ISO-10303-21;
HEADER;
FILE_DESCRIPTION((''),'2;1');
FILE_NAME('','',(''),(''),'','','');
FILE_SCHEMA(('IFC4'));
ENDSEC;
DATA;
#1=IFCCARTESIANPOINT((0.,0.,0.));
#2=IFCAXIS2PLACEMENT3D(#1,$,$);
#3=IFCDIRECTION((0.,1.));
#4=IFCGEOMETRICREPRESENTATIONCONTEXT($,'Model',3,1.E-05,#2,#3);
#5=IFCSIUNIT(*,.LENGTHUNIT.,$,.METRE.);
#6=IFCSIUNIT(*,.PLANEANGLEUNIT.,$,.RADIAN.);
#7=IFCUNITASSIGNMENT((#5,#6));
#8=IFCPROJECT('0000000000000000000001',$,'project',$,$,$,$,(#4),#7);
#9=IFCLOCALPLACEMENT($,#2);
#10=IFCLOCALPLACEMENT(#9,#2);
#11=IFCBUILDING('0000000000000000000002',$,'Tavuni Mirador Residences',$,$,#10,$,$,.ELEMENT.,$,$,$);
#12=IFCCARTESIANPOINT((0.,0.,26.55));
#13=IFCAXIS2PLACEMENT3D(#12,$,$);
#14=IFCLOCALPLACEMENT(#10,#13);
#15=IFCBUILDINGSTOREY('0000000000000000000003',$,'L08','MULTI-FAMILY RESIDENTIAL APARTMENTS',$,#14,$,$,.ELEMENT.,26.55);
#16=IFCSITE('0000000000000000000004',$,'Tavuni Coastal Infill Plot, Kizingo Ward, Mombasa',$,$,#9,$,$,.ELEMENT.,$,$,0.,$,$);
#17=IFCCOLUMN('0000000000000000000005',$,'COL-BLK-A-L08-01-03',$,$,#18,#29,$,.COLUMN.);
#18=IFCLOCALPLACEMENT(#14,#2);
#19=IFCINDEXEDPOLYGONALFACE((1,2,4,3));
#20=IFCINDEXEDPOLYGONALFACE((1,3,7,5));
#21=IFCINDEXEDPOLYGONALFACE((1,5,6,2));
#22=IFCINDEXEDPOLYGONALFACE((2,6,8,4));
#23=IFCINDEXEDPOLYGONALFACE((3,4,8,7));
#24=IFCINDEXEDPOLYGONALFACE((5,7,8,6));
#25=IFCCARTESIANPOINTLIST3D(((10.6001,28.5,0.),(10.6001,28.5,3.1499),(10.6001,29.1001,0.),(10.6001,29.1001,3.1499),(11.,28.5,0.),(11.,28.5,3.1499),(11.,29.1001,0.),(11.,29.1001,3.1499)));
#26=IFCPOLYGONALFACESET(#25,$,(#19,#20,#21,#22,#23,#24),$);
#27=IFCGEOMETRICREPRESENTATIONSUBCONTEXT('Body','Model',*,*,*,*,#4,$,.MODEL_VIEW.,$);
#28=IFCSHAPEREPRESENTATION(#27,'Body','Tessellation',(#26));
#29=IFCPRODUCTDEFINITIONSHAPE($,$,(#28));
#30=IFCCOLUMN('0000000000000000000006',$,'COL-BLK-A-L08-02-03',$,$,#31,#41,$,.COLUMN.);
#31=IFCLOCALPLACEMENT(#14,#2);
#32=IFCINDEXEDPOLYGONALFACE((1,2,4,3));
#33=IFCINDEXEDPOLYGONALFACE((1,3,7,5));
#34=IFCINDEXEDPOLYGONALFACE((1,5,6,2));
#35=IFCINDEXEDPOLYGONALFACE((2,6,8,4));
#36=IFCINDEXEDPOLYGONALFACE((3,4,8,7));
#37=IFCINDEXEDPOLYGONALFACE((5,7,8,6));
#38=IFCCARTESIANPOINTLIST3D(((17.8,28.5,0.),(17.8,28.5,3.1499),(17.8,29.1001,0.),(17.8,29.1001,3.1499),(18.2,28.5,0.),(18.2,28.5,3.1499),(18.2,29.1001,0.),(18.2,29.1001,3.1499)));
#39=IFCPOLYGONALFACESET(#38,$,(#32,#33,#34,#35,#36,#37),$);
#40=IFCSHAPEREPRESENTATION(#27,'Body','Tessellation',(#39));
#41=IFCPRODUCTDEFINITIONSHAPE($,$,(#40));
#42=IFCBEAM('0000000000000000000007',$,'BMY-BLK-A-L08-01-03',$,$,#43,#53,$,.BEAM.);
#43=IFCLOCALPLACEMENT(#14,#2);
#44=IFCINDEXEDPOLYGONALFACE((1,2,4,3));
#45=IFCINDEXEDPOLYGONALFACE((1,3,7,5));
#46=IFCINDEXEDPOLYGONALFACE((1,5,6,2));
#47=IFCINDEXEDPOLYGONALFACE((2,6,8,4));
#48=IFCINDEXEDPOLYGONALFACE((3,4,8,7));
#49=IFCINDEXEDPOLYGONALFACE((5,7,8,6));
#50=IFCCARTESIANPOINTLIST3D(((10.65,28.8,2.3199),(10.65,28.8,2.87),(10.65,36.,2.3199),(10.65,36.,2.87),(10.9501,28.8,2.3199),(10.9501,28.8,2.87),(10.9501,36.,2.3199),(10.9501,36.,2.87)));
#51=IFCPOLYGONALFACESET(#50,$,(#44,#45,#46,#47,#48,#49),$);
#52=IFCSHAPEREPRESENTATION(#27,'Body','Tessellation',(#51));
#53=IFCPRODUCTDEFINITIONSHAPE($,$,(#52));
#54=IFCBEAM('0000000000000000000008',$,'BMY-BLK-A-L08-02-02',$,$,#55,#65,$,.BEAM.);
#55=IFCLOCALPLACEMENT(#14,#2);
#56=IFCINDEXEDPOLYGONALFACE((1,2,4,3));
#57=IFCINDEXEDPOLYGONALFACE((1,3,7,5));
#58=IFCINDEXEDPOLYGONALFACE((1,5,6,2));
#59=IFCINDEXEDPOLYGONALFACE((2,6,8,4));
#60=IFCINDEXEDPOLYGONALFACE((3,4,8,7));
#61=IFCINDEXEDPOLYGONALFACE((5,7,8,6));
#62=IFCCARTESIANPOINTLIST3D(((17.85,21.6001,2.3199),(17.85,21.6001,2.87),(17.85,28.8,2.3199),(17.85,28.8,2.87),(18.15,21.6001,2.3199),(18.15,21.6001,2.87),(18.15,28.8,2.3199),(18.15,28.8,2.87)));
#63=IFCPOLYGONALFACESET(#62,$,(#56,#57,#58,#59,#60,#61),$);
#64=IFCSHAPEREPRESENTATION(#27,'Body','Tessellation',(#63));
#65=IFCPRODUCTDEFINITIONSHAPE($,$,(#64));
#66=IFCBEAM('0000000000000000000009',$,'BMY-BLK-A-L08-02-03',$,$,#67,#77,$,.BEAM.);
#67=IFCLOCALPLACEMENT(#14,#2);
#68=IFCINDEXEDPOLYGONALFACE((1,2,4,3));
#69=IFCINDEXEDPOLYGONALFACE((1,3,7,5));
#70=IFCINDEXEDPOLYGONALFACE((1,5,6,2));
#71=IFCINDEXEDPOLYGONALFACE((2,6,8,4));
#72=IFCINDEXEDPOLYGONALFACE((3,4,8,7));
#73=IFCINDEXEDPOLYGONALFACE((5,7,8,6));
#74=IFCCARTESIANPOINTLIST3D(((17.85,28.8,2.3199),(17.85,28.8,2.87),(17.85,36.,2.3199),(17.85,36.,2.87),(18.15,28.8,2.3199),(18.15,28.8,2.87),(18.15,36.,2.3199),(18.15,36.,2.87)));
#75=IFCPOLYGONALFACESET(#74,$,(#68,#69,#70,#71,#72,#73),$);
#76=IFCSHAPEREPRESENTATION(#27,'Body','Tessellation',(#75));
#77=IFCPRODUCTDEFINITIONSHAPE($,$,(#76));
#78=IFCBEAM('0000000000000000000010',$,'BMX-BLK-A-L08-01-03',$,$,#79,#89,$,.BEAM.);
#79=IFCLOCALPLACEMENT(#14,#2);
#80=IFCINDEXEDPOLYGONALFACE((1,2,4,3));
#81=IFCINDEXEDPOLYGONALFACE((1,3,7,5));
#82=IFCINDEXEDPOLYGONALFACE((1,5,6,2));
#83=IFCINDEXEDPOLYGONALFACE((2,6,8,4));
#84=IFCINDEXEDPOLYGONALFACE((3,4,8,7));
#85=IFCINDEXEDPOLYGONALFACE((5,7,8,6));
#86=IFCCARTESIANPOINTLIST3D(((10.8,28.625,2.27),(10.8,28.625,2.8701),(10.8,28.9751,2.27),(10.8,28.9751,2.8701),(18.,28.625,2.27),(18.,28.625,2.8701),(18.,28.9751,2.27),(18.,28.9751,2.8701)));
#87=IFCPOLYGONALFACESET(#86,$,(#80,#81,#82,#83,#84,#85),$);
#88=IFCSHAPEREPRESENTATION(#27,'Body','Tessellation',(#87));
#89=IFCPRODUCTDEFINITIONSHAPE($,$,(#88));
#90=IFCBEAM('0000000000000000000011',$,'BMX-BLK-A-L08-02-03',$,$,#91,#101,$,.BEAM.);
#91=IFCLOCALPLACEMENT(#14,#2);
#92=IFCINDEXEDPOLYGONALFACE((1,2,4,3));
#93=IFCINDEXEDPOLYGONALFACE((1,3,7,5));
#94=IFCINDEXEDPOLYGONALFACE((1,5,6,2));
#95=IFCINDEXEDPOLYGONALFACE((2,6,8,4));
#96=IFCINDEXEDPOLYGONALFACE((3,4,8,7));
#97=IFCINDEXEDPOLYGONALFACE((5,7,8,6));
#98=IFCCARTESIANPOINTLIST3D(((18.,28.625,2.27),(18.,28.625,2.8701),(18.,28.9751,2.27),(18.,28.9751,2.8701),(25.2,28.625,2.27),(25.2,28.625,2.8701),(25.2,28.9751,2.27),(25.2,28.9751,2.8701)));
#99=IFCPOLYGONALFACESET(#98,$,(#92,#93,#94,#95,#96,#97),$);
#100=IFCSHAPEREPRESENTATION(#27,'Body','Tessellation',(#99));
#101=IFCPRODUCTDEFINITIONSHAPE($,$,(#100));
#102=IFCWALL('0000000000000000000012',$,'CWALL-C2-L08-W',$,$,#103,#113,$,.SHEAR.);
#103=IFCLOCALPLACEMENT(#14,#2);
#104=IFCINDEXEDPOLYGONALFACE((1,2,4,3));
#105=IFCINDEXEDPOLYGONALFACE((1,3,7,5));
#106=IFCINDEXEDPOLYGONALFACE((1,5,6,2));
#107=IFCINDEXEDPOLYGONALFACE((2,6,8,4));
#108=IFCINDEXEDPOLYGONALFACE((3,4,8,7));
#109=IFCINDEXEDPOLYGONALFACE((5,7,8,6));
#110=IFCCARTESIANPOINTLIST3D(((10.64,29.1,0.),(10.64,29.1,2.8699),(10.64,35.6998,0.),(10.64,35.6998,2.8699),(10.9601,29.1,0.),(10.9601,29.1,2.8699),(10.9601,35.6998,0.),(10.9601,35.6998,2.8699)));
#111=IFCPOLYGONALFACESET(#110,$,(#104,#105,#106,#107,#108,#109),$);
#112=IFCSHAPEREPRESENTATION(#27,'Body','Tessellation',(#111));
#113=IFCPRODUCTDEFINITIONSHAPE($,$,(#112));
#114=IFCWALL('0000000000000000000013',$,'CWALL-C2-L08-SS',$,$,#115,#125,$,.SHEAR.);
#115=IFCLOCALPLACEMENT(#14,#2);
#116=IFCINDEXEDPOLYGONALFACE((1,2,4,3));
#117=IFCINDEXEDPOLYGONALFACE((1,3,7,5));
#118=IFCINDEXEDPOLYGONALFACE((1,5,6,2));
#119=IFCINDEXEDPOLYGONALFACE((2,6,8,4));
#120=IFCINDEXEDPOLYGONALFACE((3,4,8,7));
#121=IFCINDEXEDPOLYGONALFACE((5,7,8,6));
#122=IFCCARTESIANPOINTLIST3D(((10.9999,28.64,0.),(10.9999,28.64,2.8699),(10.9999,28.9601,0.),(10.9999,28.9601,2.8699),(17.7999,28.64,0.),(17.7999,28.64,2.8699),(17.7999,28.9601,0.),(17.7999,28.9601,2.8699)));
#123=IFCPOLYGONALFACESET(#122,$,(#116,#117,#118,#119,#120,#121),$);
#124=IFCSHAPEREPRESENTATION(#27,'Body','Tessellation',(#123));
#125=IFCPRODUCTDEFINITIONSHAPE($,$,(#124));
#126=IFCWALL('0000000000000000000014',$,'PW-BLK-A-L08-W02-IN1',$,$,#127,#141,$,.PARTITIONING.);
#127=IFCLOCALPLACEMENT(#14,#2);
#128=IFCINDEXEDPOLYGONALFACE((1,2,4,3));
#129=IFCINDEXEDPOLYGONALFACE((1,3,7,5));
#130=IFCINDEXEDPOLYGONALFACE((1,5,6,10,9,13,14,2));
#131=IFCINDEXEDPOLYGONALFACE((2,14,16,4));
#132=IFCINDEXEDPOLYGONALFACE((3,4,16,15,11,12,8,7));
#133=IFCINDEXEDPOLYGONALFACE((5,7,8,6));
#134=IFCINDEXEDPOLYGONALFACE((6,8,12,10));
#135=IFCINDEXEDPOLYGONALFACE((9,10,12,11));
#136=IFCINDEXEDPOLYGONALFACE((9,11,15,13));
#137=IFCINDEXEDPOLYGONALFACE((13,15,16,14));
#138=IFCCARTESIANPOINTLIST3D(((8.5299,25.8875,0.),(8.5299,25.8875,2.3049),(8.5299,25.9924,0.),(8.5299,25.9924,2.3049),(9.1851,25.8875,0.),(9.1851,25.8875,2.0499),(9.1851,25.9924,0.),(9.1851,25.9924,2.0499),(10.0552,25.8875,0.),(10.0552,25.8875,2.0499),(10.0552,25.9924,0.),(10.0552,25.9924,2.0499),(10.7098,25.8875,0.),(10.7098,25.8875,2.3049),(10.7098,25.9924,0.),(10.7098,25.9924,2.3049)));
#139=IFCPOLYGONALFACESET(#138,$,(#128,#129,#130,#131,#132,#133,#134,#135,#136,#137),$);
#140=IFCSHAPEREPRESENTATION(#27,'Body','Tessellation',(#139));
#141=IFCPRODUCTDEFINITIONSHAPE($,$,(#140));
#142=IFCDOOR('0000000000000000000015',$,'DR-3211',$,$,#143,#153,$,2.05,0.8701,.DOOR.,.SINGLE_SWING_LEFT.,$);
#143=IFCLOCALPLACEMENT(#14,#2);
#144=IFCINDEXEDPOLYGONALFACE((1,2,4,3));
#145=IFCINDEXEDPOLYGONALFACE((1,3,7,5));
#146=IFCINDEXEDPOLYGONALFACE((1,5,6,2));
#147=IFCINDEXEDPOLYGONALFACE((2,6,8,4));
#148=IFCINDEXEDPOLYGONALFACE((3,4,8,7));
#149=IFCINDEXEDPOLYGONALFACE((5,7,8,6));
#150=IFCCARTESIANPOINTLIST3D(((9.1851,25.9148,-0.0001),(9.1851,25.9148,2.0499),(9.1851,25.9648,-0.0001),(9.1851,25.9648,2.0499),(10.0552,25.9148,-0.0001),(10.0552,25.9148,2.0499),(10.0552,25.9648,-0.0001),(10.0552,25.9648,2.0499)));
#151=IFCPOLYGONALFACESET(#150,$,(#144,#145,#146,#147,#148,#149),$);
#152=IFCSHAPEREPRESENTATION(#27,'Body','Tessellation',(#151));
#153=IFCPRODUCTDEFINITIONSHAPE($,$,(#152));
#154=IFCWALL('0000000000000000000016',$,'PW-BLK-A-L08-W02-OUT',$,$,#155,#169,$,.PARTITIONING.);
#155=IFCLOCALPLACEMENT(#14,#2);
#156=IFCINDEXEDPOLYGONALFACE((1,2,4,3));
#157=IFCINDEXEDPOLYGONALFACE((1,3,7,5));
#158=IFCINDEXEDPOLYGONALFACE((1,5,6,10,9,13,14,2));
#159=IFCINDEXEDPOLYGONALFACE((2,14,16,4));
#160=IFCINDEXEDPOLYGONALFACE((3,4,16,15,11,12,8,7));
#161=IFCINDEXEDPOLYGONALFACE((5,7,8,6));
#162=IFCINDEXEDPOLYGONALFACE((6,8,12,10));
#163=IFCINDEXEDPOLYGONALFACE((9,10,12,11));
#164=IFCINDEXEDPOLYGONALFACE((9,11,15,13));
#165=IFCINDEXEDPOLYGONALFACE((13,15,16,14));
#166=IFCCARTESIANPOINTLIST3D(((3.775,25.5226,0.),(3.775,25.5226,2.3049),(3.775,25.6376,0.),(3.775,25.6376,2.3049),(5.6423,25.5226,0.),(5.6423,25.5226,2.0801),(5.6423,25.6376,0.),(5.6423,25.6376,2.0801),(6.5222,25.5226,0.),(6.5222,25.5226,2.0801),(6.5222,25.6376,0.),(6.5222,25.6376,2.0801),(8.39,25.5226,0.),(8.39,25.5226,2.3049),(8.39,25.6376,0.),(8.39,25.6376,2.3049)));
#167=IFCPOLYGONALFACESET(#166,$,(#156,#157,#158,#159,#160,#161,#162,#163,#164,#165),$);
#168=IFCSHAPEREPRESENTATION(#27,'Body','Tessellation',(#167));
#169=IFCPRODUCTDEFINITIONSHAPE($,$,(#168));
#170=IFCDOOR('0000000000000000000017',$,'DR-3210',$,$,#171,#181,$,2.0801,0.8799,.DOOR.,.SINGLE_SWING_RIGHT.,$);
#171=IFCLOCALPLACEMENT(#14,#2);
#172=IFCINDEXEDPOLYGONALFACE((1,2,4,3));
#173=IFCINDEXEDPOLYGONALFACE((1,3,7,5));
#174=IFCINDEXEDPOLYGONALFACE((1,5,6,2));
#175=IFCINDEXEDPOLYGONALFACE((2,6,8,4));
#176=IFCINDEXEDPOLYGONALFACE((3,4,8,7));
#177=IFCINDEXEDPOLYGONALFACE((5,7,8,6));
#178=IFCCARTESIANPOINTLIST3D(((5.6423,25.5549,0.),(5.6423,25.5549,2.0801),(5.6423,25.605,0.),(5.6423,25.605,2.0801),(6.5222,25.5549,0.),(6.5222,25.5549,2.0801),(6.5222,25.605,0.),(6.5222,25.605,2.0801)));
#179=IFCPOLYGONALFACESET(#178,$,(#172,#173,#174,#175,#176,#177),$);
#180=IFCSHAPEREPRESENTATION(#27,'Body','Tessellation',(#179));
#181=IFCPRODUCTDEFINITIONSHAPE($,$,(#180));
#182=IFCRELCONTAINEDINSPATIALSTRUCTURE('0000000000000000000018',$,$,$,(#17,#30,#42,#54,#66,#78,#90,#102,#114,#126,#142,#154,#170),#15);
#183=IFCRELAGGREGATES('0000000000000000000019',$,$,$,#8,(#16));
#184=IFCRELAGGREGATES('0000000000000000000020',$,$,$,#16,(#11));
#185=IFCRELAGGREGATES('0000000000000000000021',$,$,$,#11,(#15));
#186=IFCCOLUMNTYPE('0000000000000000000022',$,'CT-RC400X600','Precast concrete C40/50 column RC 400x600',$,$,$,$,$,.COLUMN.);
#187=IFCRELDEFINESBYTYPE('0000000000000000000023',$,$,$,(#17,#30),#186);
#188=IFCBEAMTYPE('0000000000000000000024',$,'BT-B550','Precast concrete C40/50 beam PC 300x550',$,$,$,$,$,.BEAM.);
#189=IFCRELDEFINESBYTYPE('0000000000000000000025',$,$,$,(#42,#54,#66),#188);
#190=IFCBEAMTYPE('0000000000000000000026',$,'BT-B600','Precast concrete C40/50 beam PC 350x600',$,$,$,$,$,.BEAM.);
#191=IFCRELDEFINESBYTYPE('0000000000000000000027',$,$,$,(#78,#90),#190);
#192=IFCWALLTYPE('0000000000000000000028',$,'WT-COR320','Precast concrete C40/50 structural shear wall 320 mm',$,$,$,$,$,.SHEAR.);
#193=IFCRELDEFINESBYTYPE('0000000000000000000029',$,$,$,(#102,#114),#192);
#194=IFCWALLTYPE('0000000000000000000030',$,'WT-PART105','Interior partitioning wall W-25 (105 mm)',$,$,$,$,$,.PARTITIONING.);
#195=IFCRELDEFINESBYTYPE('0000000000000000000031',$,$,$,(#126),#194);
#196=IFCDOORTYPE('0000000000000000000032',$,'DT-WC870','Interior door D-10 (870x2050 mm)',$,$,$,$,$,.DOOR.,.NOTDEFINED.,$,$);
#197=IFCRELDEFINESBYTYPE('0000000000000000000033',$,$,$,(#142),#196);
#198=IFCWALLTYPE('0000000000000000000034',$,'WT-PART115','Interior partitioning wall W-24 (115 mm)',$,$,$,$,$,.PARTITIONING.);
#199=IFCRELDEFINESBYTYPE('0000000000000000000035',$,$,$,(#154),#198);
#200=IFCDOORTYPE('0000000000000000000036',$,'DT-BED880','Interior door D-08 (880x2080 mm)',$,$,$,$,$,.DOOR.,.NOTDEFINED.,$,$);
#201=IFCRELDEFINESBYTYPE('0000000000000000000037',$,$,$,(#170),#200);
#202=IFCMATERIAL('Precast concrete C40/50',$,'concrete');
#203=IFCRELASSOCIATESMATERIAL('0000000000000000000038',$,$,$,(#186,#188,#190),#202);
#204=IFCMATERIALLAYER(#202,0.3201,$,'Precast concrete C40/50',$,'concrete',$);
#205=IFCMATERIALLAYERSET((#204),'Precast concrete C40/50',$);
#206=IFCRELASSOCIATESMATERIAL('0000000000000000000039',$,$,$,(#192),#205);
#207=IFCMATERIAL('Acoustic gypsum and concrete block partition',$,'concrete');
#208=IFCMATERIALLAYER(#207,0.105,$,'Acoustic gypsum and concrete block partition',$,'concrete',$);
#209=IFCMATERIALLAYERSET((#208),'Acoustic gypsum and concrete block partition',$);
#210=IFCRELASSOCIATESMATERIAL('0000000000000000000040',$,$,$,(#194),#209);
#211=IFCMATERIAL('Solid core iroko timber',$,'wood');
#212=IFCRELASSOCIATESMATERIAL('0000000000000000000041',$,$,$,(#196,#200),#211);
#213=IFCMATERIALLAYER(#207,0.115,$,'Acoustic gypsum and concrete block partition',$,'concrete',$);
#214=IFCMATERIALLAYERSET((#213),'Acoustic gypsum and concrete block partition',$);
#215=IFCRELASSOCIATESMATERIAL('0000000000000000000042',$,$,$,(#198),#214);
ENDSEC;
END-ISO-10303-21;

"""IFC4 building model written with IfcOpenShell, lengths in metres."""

from ifc_helpers import new_model, si_unit, direction, frame, frame_2d, origin, origin_2d, place, context, subcontext, project, spatial, rectangle, extrude, material, layer, layer_set, material_profile, profile_set, type_object, element, fill, save


model = new_model("IFC4")

# Units and contexts
model_context = context("Model", 3, precision=1e-05, world=origin(), true_north=direction((0.0, 1.0)))
body_context = subcontext(model_context, "Body", "Model", "MODEL_VIEW")
ifc_project = project(units=[si_unit("LENGTHUNIT", "METRE"), si_unit("PLANEANGLEUNIT", "RADIAN")], contexts=[model_context])

# Site, building, storey
site_placement = place(None, origin())
site = spatial("IfcSite", under=ifc_project, at=site_placement, Name="Tavuni Coastal Infill Plot, Kizingo Ward, Mombasa", CompositionType="ELEMENT", RefElevation=0.0)
building_placement = place(site_placement, origin())
building = spatial("IfcBuilding", under=site, at=building_placement, Name="Tavuni Mirador Residences", CompositionType="ELEMENT")
storey_placement = place(building_placement, frame((0.0, 0.0, 26.55)))
storey = spatial("IfcBuildingStorey", under=building, at=storey_placement, Name="L08", Description="MULTI-FAMILY RESIDENTIAL APARTMENTS", CompositionType="ELEMENT", Elevation=26.55)

# Columns
ifc_material_1 = material(Name="Precast concrete C40/50", Category="concrete")
ifc_material_profile_1 = material_profile(ifc_material_1, rectangle(XDim=0.3999, YDim=0.6001, at=origin_2d()), Name="RC 400x600", Category="concrete")
ifc_profile_set_1 = profile_set([ifc_material_profile_1], Name="Precast concrete C40/50")
column_type = type_object("IfcColumnType", Name="CT-RC400X600", Description="Precast concrete C40/50 column RC 400x600", PredefinedType="COLUMN", material=ifc_profile_set_1)
for number, where, z_axis, x_axis, name in (
    (1, (10.8, 28.8, 0.0), (0.0, 0.0, 1.0), (1.0, 0.0, 0.0), "COL-BLK-A-L08-01-03"),
    (2, (18.0, 28.8, 0.0), (0.0, 0.0, 1.0), (1.0, 0.0, 0.0), "COL-BLK-A-L08-02-03"),
):
    element("IfcColumn", number, at=place(storey_placement, frame(where, z_axis=z_axis, x_axis=x_axis)), inside=storey, type_object=column_type, Name=name, PredefinedType="COLUMN", context=body_context, shape_type="SweptSolid", body=[
        extrude(rectangle(XDim=0.3999, YDim=0.6001, at=origin_2d()), origin(), (0.0, 0.0, 1.0), 3.1499),
    ])

# Beams
ifc_material_profile_2 = material_profile(ifc_material_1, rectangle(XDim=0.3, YDim=0.55, at=origin_2d()), Name="PC 300x550", Category="concrete")
ifc_profile_set_2 = profile_set([ifc_material_profile_2], Name="Precast concrete C40/50")
beam_type_1 = type_object("IfcBeamType", Name="BT-B550", Description="Precast concrete C40/50 beam PC 300x550", PredefinedType="BEAM", material=ifc_profile_set_2)
for number, where, z_axis, x_axis, name in (
    (3, (10.8, 28.8, 2.595), (0.0, 1.0, 0.0), (-1.0, 0.0, 0.0), "BMY-BLK-A-L08-01-03"),
    (4, (18.0, 21.6001, 2.595), (0.0, 1.0, 0.0), (-1.0, 0.0, 0.0), "BMY-BLK-A-L08-02-02"),
    (5, (18.0, 28.8, 2.595), (0.0, 1.0, 0.0), (-1.0, 0.0, 0.0), "BMY-BLK-A-L08-02-03"),
):
    element("IfcBeam", number, at=place(storey_placement, frame(where, z_axis=z_axis, x_axis=x_axis)), inside=storey, type_object=beam_type_1, Name=name, PredefinedType="BEAM", context=body_context, shape_type="SweptSolid", body=[
        extrude(rectangle(XDim=0.3, YDim=0.55, at=origin_2d()), origin(), (0.0, 0.0, 1.0), 7.2),
    ])
ifc_material_profile_3 = material_profile(ifc_material_1, rectangle(XDim=0.3501, YDim=0.6001, at=origin_2d()), Name="PC 350x600", Category="concrete")
ifc_profile_set_3 = profile_set([ifc_material_profile_3], Name="Precast concrete C40/50")
beam_type_2 = type_object("IfcBeamType", Name="BT-B600", Description="Precast concrete C40/50 beam PC 350x600", PredefinedType="BEAM", material=ifc_profile_set_3)
for number, where, z_axis, x_axis, name in (
    (6, (10.8, 28.8, 2.5701), (1.0, 0.0, 0.0), (0.0, 1.0, 0.0), "BMX-BLK-A-L08-01-03"),
    (7, (18.0, 28.8, 2.5701), (1.0, 0.0, 0.0), (0.0, 1.0, 0.0), "BMX-BLK-A-L08-02-03"),
):
    element("IfcBeam", number, at=place(storey_placement, frame(where, z_axis=z_axis, x_axis=x_axis)), inside=storey, type_object=beam_type_2, Name=name, PredefinedType="BEAM", context=body_context, shape_type="SweptSolid", body=[
        extrude(rectangle(XDim=0.3501, YDim=0.6001, at=origin_2d()), origin(), (0.0, 0.0, 1.0), 7.2),
    ])

# Shared definitions
ifc_material_2 = material(Name="Solid core iroko timber", Category="wood")

# Wall
ifc_layer_1 = layer(ifc_material_1, 0.3201, Name="Precast concrete C40/50", Category="concrete")
ifc_layer_set_1 = layer_set([ifc_layer_1], Name="Precast concrete C40/50")
wall_type_1 = type_object("IfcWallType", Name="WT-COR320", Description="Precast concrete C40/50 structural shear wall 320 mm", PredefinedType="SHEAR", material=ifc_layer_set_1)
wall_1_placement = place(storey_placement, frame((10.8, 29.1001, 0.0), z_axis=(0.0, 0.0, 1.0), x_axis=(0.0, 1.0, 0.0)))
element("IfcWall", 8, at=wall_1_placement, inside=storey, type_object=wall_type_1, Name="CWALL-C2-L08-W", PredefinedType="SHEAR", context=body_context, shape_type="SweptSolid", body=[
    extrude(rectangle(XDim=6.5999, YDim=0.3201, at=frame_2d((3.2998, 0.0))), origin(), (0.0, 0.0, 1.0), 2.8699),
])

# Wall
wall_2_placement = place(storey_placement, frame((11.0, 28.8, 0.0), z_axis=(0.0, 0.0, 1.0), x_axis=(1.0, 0.0, 0.0)))
element("IfcWall", 9, at=wall_2_placement, inside=storey, type_object=wall_type_1, Name="CWALL-C2-L08-SS", PredefinedType="SHEAR", context=body_context, shape_type="SweptSolid", body=[
    extrude(rectangle(XDim=6.8, YDim=0.3201, at=frame_2d((3.3999, 0.0))), origin(), (0.0, 0.0, 1.0), 2.8699),
])

# Walls, openings, doors
ifc_material_3 = material(Name="Acoustic gypsum and concrete block partition", Category="concrete")
ifc_layer_2 = layer(ifc_material_3, 0.105, Name="Acoustic gypsum and concrete block partition", Category="concrete")
ifc_layer_set_2 = layer_set([ifc_layer_2], Name="Acoustic gypsum and concrete block partition")
wall_type_2 = type_object("IfcWallType", Name="WT-PART105", Description="Interior partitioning wall W-25 (105 mm)", PredefinedType="PARTITIONING", material=ifc_layer_set_2)
wall_3_placement = place(storey_placement, frame((8.53, 25.9399, 0.0), z_axis=(0.0, 0.0, 1.0), x_axis=(1.0, 0.0, 0.0)))
wall_3 = element("IfcWall", 10, at=wall_3_placement, inside=storey, type_object=wall_type_2, Name="PW-BLK-A-L08-W02-IN1", PredefinedType="PARTITIONING", context=body_context, shape_type="SweptSolid", body=[
    extrude(rectangle(XDim=2.1799, YDim=0.105, at=frame_2d((1.0898, 0.0))), origin(), (0.0, 0.0, 1.0), 2.3049),
])
opening_1_placement = place(wall_3_placement, frame((0.655, 0.0, 0.0)))
opening_1 = element("IfcOpeningElement", 11, at=opening_1_placement, cuts=wall_3, PredefinedType="OPENING", context=body_context, shape_type="SweptSolid", body=[
    extrude(rectangle(XDim=0.8701, YDim=2.05, at=frame_2d((0.4351, 1.0249))), frame((0.0, 0.0625, 0.0), z_axis=(0.0, -1.0, 0.0), x_axis=(1.0, 0.0, 0.0)), (0.0, 0.0, 1.0), 0.125),
])
door_type_1 = type_object("IfcDoorType", Name="DT-WC870", Description="Interior door D-10 (870x2050 mm)", OperationType="NOTDEFINED", PredefinedType="DOOR", material=ifc_material_2)
door_1_placement = place(opening_1_placement, origin())
door_1 = element("IfcDoor", 12, at=door_1_placement, inside=storey, type_object=door_type_1, Name="DR-3211", OperationType="SINGLE_SWING_LEFT", OverallHeight=2.05, OverallWidth=0.8701, PredefinedType="DOOR", context=body_context, shape_type="SweptSolid", body=[
    extrude(rectangle(XDim=0.8701, YDim=2.05, at=frame_2d((0.4351, 1.0249))), frame((0.0, 0.0249, 0.0), z_axis=(0.0, -1.0, 0.0), x_axis=(1.0, 0.0, 0.0)), (0.0, 0.0, 1.0), 0.05),
])
fill(opening_1, door_1)
ifc_layer_3 = layer(ifc_material_3, 0.115, Name="Acoustic gypsum and concrete block partition", Category="concrete")
ifc_layer_set_3 = layer_set([ifc_layer_3], Name="Acoustic gypsum and concrete block partition")
wall_type_3 = type_object("IfcWallType", Name="WT-PART115", Description="Interior partitioning wall W-24 (115 mm)", PredefinedType="PARTITIONING", material=ifc_layer_set_3)
wall_4_placement = place(storey_placement, frame((3.7749, 25.5801, 0.0), z_axis=(0.0, 0.0, 1.0), x_axis=(1.0, 0.0, 0.0)))
wall_4 = element("IfcWall", 13, at=wall_4_placement, inside=storey, type_object=wall_type_3, Name="PW-BLK-A-L08-W02-OUT", PredefinedType="PARTITIONING", context=body_context, shape_type="SweptSolid", body=[
    extrude(rectangle(XDim=4.615, YDim=0.115, at=frame_2d((2.3076, 0.0))), origin(), (0.0, 0.0, 1.0), 2.3049),
])
opening_2_placement = place(wall_4_placement, frame((1.8674, 0.0, 0.0)))
opening_2 = element("IfcOpeningElement", 14, at=opening_2_placement, cuts=wall_4, PredefinedType="OPENING", context=body_context, shape_type="SweptSolid", body=[
    extrude(rectangle(XDim=0.8799, YDim=2.0801, at=frame_2d((0.4399, 1.04))), frame((0.0, 0.0674, 0.0), z_axis=(0.0, -1.0, 0.0), x_axis=(1.0, 0.0, 0.0)), (0.0, 0.0, 1.0), 0.135),
])
door_type_2 = type_object("IfcDoorType", Name="DT-BED880", Description="Interior door D-08 (880x2080 mm)", OperationType="NOTDEFINED", PredefinedType="DOOR", material=ifc_material_2)
door_2_placement = place(opening_2_placement, origin())
door_2 = element("IfcDoor", 15, at=door_2_placement, inside=storey, type_object=door_type_2, Name="DR-3210", OperationType="SINGLE_SWING_RIGHT", OverallHeight=2.0801, OverallWidth=0.8799, PredefinedType="DOOR", context=body_context, shape_type="SweptSolid", body=[
    extrude(rectangle(XDim=0.8799, YDim=2.0801, at=frame_2d((0.4399, 1.04))), frame((0.0, 0.0249, 0.0), z_axis=(0.0, -1.0, 0.0), x_axis=(1.0, 0.0, 0.0)), (0.0, 0.0, 1.0), 0.05),
])
fill(opening_2, door_2)

save(model, "model.ifc")
